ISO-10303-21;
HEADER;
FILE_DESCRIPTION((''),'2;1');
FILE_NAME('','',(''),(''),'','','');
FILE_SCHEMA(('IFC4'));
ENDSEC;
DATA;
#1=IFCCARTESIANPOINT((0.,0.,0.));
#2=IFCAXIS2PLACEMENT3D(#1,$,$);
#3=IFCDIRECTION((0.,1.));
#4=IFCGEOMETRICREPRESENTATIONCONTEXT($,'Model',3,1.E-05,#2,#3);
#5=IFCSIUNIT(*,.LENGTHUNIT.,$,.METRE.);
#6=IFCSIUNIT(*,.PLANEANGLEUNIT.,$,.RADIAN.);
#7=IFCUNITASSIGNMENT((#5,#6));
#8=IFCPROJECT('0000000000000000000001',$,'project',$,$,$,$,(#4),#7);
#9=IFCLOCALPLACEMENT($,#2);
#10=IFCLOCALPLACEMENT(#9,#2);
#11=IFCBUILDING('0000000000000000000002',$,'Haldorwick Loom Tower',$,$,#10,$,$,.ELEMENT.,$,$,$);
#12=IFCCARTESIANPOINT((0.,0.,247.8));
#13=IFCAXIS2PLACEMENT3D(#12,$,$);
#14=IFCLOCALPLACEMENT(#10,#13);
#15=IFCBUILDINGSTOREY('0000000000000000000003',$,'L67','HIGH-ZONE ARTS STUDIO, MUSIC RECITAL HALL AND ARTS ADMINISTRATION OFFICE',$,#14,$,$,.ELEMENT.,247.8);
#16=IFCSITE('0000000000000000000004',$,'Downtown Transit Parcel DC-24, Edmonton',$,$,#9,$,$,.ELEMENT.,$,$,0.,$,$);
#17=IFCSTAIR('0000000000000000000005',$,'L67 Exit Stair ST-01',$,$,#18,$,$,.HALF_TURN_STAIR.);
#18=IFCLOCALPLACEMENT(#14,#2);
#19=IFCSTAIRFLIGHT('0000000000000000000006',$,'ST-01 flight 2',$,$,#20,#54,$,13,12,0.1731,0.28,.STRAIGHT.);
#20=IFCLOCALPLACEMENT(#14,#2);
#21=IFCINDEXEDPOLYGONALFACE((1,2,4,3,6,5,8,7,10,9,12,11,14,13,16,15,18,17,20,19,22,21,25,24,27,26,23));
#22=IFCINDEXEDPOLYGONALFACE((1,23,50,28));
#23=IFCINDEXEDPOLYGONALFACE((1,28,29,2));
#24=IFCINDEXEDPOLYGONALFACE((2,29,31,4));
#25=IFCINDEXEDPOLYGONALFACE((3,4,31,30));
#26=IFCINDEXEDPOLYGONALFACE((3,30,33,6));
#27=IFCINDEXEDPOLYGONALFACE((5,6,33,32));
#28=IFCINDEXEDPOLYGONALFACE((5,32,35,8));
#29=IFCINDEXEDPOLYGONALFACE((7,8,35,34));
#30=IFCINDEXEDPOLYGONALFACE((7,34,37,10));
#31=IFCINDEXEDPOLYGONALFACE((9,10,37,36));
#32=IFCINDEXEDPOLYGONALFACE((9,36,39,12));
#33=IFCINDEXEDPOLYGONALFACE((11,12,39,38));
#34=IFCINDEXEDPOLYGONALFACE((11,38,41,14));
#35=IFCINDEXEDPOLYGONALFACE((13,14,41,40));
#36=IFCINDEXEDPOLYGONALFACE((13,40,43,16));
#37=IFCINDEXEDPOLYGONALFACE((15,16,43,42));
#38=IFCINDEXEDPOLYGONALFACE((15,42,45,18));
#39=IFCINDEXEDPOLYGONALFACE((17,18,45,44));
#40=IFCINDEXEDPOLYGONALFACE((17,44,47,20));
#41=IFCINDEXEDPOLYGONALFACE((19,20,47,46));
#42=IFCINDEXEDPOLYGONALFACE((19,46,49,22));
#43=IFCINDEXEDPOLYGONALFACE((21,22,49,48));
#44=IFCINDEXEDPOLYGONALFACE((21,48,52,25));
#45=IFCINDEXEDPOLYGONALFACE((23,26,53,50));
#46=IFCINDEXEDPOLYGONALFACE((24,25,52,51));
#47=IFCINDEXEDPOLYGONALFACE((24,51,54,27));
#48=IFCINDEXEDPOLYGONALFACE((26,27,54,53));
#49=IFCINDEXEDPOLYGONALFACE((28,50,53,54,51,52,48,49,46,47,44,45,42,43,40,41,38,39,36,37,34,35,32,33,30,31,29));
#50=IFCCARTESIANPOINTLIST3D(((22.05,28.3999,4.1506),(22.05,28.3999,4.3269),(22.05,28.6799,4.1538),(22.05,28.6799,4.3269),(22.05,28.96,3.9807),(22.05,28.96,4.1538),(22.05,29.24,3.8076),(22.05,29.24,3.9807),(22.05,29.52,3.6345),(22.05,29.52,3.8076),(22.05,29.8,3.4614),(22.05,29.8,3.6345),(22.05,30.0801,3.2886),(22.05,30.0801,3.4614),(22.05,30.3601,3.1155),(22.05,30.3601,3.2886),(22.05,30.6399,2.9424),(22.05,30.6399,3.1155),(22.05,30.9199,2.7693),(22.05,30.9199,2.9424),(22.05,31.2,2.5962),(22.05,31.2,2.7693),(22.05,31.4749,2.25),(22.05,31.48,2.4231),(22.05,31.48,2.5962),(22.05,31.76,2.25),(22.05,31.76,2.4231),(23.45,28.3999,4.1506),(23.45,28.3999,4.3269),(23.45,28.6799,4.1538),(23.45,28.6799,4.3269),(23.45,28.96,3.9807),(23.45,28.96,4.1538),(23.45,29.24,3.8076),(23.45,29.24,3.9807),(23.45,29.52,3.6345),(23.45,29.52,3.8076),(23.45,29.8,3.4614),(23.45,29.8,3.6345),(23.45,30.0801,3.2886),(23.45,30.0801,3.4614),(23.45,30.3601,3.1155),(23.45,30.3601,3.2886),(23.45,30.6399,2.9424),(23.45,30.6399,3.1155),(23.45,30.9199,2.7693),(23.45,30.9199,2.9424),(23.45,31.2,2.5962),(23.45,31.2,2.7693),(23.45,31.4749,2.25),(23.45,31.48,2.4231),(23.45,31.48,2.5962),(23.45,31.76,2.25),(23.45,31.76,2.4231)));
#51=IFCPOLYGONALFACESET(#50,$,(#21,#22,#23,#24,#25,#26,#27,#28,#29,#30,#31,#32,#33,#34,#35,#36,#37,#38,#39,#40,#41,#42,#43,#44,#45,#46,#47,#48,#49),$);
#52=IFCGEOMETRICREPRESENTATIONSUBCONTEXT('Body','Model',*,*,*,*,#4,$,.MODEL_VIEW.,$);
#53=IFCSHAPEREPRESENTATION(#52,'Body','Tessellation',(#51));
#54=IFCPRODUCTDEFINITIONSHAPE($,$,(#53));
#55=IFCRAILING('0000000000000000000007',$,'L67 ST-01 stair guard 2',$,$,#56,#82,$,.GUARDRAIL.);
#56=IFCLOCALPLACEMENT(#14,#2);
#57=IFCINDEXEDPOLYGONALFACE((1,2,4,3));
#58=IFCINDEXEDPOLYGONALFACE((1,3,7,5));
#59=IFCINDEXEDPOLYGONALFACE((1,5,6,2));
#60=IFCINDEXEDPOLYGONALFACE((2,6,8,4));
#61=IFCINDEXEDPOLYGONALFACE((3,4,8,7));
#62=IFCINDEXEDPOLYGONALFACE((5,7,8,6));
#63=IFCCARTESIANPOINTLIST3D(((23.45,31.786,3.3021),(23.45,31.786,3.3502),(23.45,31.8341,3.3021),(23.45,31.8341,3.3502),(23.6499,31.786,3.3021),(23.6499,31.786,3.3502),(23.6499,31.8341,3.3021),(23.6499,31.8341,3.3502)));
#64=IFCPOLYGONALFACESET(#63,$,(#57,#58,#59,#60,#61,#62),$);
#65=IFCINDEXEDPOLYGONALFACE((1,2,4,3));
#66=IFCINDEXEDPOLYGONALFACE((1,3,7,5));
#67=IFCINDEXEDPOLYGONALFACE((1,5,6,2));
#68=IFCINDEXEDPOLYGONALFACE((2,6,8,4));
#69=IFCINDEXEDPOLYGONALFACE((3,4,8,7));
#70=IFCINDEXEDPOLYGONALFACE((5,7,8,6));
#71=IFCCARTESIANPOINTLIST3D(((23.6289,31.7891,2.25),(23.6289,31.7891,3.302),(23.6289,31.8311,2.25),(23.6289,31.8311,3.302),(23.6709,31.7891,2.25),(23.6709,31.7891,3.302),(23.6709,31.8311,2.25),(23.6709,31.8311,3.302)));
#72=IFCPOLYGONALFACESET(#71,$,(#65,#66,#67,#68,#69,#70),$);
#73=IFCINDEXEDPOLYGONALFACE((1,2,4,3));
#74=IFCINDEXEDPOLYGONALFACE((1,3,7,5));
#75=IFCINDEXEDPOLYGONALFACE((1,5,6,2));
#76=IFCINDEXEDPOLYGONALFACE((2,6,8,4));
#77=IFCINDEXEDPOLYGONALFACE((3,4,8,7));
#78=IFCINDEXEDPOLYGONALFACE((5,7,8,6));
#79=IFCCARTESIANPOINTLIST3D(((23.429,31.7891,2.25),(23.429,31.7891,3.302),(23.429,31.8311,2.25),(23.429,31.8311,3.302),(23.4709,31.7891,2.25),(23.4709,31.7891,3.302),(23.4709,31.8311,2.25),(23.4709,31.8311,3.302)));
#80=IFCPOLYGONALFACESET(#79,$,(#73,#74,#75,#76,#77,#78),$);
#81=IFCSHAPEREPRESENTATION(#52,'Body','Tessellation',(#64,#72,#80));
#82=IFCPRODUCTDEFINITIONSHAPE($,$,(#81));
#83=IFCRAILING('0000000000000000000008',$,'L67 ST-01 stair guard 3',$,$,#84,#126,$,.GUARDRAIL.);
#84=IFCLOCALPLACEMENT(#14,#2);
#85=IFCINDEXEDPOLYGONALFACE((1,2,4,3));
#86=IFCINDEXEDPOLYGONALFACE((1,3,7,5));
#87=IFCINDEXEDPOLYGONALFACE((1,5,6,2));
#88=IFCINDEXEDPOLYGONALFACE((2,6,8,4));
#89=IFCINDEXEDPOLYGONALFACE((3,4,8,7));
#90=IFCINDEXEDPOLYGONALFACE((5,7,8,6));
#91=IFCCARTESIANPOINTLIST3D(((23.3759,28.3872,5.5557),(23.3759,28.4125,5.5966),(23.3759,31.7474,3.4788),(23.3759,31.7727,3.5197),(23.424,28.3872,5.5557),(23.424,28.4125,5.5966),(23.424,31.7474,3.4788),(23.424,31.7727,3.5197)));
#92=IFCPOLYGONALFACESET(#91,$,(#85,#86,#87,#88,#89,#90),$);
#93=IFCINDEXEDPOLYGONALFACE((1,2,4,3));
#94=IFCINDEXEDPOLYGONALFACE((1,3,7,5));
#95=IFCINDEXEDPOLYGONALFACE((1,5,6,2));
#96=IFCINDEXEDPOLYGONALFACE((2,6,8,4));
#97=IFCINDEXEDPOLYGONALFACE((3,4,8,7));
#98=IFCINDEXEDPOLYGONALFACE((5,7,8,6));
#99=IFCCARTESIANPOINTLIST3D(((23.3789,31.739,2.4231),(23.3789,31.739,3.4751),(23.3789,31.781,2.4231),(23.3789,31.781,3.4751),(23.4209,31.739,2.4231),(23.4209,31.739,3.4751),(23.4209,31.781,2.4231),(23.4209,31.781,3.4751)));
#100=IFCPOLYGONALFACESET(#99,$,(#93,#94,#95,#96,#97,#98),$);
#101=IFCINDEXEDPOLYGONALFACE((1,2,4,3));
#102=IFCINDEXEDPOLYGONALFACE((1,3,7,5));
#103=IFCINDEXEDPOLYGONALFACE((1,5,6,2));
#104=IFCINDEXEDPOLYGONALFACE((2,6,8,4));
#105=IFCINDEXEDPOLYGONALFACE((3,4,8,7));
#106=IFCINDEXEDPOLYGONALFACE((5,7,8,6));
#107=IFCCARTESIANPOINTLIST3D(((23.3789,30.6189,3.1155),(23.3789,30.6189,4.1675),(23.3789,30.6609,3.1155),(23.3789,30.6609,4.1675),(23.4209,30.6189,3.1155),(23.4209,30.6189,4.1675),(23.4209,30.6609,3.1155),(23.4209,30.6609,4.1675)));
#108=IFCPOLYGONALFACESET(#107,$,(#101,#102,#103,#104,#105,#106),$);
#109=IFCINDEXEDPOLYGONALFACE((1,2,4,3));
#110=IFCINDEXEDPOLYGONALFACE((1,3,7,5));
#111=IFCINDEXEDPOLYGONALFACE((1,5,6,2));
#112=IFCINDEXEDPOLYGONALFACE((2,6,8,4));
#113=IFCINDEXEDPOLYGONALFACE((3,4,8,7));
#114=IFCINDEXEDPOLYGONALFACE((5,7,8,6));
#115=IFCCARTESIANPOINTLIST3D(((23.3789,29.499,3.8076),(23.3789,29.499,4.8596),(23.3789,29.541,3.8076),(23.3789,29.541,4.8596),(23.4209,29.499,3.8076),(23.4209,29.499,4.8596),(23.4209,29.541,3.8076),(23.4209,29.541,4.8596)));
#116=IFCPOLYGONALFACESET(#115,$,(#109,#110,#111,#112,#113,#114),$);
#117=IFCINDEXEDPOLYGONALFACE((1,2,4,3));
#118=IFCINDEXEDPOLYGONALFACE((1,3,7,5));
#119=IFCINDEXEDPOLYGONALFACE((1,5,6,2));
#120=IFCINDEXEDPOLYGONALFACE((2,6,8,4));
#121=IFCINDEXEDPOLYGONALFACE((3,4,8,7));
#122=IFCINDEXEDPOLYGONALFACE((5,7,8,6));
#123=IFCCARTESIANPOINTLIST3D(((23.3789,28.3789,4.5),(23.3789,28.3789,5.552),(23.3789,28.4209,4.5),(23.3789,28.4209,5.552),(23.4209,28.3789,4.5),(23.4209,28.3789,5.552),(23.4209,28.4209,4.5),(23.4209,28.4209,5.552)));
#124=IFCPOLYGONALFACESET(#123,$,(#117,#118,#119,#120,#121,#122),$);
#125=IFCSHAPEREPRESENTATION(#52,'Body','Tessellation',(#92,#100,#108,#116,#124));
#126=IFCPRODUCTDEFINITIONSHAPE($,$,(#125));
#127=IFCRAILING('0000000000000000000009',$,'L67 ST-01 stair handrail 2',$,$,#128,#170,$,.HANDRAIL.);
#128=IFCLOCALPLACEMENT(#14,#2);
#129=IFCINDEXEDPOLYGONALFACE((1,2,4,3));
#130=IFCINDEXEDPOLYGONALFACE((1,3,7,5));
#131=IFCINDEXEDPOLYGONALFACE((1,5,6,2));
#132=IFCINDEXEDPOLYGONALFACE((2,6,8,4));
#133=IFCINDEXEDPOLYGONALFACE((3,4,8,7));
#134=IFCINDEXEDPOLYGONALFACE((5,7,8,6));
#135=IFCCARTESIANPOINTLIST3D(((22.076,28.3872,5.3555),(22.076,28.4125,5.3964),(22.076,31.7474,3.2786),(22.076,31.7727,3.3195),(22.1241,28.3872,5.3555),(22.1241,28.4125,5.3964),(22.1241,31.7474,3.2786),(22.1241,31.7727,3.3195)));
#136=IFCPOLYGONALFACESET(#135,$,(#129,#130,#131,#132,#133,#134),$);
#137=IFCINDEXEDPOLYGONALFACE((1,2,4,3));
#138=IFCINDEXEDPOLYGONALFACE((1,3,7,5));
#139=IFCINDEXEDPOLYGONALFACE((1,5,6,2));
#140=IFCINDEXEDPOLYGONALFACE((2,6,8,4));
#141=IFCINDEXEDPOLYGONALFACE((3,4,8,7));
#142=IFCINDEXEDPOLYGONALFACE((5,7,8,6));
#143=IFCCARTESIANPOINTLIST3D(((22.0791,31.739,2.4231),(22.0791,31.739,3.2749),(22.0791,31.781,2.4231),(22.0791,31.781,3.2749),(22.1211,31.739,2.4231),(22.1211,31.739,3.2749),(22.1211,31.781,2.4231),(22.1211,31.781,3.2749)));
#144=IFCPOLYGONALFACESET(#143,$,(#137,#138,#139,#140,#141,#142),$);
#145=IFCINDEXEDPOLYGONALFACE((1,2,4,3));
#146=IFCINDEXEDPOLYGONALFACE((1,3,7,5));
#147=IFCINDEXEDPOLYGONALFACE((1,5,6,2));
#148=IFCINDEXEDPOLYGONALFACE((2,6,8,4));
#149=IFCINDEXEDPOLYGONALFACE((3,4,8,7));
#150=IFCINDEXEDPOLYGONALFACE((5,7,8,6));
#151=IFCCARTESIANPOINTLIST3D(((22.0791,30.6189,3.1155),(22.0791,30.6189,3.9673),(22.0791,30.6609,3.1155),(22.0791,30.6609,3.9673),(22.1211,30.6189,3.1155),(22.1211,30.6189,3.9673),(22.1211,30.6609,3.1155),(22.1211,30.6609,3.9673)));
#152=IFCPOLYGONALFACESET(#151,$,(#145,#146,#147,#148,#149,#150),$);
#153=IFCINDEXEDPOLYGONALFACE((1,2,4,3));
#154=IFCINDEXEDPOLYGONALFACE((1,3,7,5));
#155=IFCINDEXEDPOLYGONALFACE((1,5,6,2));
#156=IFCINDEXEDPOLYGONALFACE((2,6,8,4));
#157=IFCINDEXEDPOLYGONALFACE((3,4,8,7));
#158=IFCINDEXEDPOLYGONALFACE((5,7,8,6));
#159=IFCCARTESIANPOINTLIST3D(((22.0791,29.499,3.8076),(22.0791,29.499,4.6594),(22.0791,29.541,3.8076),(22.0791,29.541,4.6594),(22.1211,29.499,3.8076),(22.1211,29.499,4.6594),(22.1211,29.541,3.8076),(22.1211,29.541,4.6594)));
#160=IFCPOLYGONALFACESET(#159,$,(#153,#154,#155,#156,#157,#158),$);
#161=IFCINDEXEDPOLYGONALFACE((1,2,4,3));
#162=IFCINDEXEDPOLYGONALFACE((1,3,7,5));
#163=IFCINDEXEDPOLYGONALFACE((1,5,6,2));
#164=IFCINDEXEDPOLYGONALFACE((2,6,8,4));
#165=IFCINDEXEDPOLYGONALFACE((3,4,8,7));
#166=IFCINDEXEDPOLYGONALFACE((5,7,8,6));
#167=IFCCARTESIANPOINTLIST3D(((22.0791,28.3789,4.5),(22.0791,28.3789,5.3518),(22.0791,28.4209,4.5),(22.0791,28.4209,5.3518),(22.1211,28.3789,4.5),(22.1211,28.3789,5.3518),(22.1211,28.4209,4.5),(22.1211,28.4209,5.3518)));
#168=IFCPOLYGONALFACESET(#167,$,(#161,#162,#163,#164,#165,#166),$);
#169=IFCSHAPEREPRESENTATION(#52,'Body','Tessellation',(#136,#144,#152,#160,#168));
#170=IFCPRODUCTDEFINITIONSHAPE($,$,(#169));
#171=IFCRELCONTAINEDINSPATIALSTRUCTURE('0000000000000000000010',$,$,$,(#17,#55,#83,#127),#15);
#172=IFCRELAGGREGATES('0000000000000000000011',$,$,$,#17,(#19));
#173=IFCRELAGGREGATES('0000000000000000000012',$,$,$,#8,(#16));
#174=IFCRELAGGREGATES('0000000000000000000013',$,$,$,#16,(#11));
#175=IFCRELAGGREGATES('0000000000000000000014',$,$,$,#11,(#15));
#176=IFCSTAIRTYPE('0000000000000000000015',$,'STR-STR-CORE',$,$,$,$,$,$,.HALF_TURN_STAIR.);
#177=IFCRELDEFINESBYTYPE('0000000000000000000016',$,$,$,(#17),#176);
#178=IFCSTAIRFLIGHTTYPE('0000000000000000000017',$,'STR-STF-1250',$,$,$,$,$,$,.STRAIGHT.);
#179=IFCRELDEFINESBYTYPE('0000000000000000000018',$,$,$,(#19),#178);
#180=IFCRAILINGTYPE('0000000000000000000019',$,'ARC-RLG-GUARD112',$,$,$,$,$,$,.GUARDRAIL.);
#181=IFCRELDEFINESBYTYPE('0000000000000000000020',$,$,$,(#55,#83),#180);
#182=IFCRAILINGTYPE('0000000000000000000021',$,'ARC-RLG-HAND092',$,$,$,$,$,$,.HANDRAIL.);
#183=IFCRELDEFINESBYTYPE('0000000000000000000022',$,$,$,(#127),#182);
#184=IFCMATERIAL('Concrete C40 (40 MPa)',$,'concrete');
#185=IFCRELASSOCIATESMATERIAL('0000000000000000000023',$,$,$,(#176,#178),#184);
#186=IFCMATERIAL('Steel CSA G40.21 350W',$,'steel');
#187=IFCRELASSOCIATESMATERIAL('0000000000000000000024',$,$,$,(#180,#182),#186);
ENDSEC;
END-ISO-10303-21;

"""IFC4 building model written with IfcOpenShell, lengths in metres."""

from ifc_helpers import new_model, si_unit, direction, frame, origin, origin_2d, place, context, subcontext, project, spatial, polyline, rectangle, outline, extrude, material, type_object, element, aggregate, save


model = new_model("IFC4")

# Units and contexts
model_context = context("Model", 3, precision=1e-05, world=origin(), true_north=direction((0.0, 1.0)))
body_context = subcontext(model_context, "Body", "Model", "MODEL_VIEW")
ifc_project = project(units=[si_unit("LENGTHUNIT", "METRE"), si_unit("PLANEANGLEUNIT", "RADIAN")], contexts=[model_context])

# Site, building, storey
site_placement = place(None, origin())
site = spatial("IfcSite", under=ifc_project, at=site_placement, Name="Downtown Transit Parcel DC-24, Edmonton", CompositionType="ELEMENT", RefElevation=0.0)
building_placement = place(site_placement, origin())
building = spatial("IfcBuilding", under=site, at=building_placement, Name="Haldorwick Loom Tower", CompositionType="ELEMENT")
storey_placement = place(building_placement, frame((0.0, 0.0, 247.8)))
storey = spatial("IfcBuildingStorey", under=building, at=storey_placement, Name="L67", Description="HIGH-ZONE ARTS STUDIO, MUSIC RECITAL HALL AND ARTS ADMINISTRATION OFFICE", CompositionType="ELEMENT", Elevation=247.8)

# Shared definitions
ifc_material_1 = material(Name="Steel CSA G40.21 350W", Category="steel")

# Stair, stair flight
ifc_material_2 = material(Name="Concrete C40 (40 MPa)", Category="concrete")
stair_type = type_object("IfcStairType", Name="STR-STR-CORE", PredefinedType="HALF_TURN_STAIR", material=ifc_material_2)
stair_placement = place(storey_placement, origin())
stair = element("IfcStair", 1, at=stair_placement, inside=storey, type_object=stair_type, Name="L67 Exit Stair ST-01", PredefinedType="HALF_TURN_STAIR")
stair_flight_type = type_object("IfcStairFlightType", Name="STR-STF-1250", PredefinedType="STRAIGHT", material=ifc_material_2)
stair_flight_placement = place(storey_placement, frame((22.75, 31.76, 2.25), z_axis=(0.0, 0.0, 1.0), x_axis=(0.0, -1.0, 0.0)))
stair_flight = element("IfcStairFlight", 2, at=stair_flight_placement, type_object=stair_flight_type, Name="ST-01 flight 2", NumberOfRisers=13, NumberOfTreads=12, PredefinedType="STRAIGHT", RiserHeight=0.1731, TreadLength=0.28, context=body_context, shape_type="SweptSolid", body=[
    extrude(outline(polyline([(0.0, 0.0), (0.0, 0.1731), (0.28, 0.1731), (0.28, 0.3462), (0.5601, 0.3462), (0.5601, 0.5193), (0.8401, 0.5193), (0.8401, 0.6924), (1.1201, 0.6924), (1.1201, 0.8655), (1.3999, 0.8655), (1.3999, 1.0386), (1.6799, 1.0386), (1.6799, 1.2114), (1.96, 1.2114), (1.96, 1.3845), (2.24, 1.3845), (2.24, 1.5576), (2.52, 1.5576), (2.52, 1.7307), (2.8, 1.7307), (2.8, 1.9038), (3.0801, 1.9038), (3.0801, 2.0769), (3.3601, 2.0769), (3.3601, 2.25), (3.3601, 1.9006), (0.2852, 0.0), (0.0, 0.0)])), frame((0.0, 0.7, 0.0), z_axis=(0.0, -1.0, 0.0), x_axis=(1.0, 0.0, 0.0)), (0.0, 0.0, 1.0), 1.3999),
])
aggregate(stair, [stair_flight])

# Railings
railing_type_1 = type_object("IfcRailingType", Name="ARC-RLG-GUARD112", PredefinedType="GUARDRAIL", material=ifc_material_1)
railing_1_placement = place(storey_placement, frame((23.6499, 31.8101, 2.25)))
element("IfcRailing", 3, at=railing_1_placement, inside=storey, type_object=railing_type_1, Name="L67 ST-01 stair guard 2", PredefinedType="GUARDRAIL", context=body_context, shape_type="SweptSolid", body=[
    extrude(rectangle(XDim=0.0481, YDim=0.0481, at=origin_2d()), frame((0.0, 0.0, 1.0762), z_axis=(-1.0, 0.0, 0.0), x_axis=(0.0, -1.0, 0.0)), (0.0, 0.0, 1.0), 0.2),
    extrude(rectangle(XDim=0.042, YDim=0.042, at=origin_2d()), origin(), (0.0, 0.0, 1.0), 1.052),
    extrude(rectangle(XDim=0.042, YDim=0.042, at=origin_2d()), frame((-0.2, 0.0, 0.0)), (0.0, 0.0, 1.0), 1.052),
])
railing_2_placement = place(storey_placement, frame((23.3999, 31.76, 2.4231)))
element("IfcRailing", 4, at=railing_2_placement, inside=storey, type_object=railing_type_1, Name="L67 ST-01 stair guard 3", PredefinedType="GUARDRAIL", context=body_context, shape_type="SweptSolid", body=[
    extrude(rectangle(XDim=0.0481, YDim=0.0481, at=origin_2d()), frame((0.0, 0.0, 1.0762), z_axis=(0.0, -0.850623, 0.525776), x_axis=(1.0, 0.0, 0.0)), (0.0, 0.0, 1.0), 3.9502),
    extrude(rectangle(XDim=0.042, YDim=0.042, at=origin_2d()), origin(), (0.0, 0.0, 1.0), 1.052),
    extrude(rectangle(XDim=0.042, YDim=0.042, at=origin_2d()), frame((0.0, -1.1201, 0.6924)), (0.0, 0.0, 1.0), 1.052),
    extrude(rectangle(XDim=0.042, YDim=0.042, at=origin_2d()), frame((0.0, -2.24, 1.3845)), (0.0, 0.0, 1.0), 1.052),
    extrude(rectangle(XDim=0.042, YDim=0.042, at=origin_2d()), frame((0.0, -3.3601, 2.0769)), (0.0, 0.0, 1.0), 1.052),
])
railing_type_2 = type_object("IfcRailingType", Name="ARC-RLG-HAND092", PredefinedType="HANDRAIL", material=ifc_material_1)
railing_3_placement = place(storey_placement, frame((22.1001, 31.76, 2.4231)))
element("IfcRailing", 5, at=railing_3_placement, inside=storey, type_object=railing_type_2, Name="L67 ST-01 stair handrail 2", PredefinedType="HANDRAIL", context=body_context, shape_type="SweptSolid", body=[
    extrude(rectangle(XDim=0.0481, YDim=0.0481, at=origin_2d()), frame((0.0, 0.0, 0.876), z_axis=(0.0, -0.850623, 0.525776), x_axis=(1.0, 0.0, 0.0)), (0.0, 0.0, 1.0), 3.9502),
    extrude(rectangle(XDim=0.042, YDim=0.042, at=origin_2d()), origin(), (0.0, 0.0, 1.0), 0.8518),
    extrude(rectangle(XDim=0.042, YDim=0.042, at=origin_2d()), frame((0.0, -1.1201, 0.6924)), (0.0, 0.0, 1.0), 0.8518),
    extrude(rectangle(XDim=0.042, YDim=0.042, at=origin_2d()), frame((0.0, -2.24, 1.3845)), (0.0, 0.0, 1.0), 0.8518),
    extrude(rectangle(XDim=0.042, YDim=0.042, at=origin_2d()), frame((0.0, -3.3601, 2.0769)), (0.0, 0.0, 1.0), 0.8518),
])

save(model, "model.ifc")
